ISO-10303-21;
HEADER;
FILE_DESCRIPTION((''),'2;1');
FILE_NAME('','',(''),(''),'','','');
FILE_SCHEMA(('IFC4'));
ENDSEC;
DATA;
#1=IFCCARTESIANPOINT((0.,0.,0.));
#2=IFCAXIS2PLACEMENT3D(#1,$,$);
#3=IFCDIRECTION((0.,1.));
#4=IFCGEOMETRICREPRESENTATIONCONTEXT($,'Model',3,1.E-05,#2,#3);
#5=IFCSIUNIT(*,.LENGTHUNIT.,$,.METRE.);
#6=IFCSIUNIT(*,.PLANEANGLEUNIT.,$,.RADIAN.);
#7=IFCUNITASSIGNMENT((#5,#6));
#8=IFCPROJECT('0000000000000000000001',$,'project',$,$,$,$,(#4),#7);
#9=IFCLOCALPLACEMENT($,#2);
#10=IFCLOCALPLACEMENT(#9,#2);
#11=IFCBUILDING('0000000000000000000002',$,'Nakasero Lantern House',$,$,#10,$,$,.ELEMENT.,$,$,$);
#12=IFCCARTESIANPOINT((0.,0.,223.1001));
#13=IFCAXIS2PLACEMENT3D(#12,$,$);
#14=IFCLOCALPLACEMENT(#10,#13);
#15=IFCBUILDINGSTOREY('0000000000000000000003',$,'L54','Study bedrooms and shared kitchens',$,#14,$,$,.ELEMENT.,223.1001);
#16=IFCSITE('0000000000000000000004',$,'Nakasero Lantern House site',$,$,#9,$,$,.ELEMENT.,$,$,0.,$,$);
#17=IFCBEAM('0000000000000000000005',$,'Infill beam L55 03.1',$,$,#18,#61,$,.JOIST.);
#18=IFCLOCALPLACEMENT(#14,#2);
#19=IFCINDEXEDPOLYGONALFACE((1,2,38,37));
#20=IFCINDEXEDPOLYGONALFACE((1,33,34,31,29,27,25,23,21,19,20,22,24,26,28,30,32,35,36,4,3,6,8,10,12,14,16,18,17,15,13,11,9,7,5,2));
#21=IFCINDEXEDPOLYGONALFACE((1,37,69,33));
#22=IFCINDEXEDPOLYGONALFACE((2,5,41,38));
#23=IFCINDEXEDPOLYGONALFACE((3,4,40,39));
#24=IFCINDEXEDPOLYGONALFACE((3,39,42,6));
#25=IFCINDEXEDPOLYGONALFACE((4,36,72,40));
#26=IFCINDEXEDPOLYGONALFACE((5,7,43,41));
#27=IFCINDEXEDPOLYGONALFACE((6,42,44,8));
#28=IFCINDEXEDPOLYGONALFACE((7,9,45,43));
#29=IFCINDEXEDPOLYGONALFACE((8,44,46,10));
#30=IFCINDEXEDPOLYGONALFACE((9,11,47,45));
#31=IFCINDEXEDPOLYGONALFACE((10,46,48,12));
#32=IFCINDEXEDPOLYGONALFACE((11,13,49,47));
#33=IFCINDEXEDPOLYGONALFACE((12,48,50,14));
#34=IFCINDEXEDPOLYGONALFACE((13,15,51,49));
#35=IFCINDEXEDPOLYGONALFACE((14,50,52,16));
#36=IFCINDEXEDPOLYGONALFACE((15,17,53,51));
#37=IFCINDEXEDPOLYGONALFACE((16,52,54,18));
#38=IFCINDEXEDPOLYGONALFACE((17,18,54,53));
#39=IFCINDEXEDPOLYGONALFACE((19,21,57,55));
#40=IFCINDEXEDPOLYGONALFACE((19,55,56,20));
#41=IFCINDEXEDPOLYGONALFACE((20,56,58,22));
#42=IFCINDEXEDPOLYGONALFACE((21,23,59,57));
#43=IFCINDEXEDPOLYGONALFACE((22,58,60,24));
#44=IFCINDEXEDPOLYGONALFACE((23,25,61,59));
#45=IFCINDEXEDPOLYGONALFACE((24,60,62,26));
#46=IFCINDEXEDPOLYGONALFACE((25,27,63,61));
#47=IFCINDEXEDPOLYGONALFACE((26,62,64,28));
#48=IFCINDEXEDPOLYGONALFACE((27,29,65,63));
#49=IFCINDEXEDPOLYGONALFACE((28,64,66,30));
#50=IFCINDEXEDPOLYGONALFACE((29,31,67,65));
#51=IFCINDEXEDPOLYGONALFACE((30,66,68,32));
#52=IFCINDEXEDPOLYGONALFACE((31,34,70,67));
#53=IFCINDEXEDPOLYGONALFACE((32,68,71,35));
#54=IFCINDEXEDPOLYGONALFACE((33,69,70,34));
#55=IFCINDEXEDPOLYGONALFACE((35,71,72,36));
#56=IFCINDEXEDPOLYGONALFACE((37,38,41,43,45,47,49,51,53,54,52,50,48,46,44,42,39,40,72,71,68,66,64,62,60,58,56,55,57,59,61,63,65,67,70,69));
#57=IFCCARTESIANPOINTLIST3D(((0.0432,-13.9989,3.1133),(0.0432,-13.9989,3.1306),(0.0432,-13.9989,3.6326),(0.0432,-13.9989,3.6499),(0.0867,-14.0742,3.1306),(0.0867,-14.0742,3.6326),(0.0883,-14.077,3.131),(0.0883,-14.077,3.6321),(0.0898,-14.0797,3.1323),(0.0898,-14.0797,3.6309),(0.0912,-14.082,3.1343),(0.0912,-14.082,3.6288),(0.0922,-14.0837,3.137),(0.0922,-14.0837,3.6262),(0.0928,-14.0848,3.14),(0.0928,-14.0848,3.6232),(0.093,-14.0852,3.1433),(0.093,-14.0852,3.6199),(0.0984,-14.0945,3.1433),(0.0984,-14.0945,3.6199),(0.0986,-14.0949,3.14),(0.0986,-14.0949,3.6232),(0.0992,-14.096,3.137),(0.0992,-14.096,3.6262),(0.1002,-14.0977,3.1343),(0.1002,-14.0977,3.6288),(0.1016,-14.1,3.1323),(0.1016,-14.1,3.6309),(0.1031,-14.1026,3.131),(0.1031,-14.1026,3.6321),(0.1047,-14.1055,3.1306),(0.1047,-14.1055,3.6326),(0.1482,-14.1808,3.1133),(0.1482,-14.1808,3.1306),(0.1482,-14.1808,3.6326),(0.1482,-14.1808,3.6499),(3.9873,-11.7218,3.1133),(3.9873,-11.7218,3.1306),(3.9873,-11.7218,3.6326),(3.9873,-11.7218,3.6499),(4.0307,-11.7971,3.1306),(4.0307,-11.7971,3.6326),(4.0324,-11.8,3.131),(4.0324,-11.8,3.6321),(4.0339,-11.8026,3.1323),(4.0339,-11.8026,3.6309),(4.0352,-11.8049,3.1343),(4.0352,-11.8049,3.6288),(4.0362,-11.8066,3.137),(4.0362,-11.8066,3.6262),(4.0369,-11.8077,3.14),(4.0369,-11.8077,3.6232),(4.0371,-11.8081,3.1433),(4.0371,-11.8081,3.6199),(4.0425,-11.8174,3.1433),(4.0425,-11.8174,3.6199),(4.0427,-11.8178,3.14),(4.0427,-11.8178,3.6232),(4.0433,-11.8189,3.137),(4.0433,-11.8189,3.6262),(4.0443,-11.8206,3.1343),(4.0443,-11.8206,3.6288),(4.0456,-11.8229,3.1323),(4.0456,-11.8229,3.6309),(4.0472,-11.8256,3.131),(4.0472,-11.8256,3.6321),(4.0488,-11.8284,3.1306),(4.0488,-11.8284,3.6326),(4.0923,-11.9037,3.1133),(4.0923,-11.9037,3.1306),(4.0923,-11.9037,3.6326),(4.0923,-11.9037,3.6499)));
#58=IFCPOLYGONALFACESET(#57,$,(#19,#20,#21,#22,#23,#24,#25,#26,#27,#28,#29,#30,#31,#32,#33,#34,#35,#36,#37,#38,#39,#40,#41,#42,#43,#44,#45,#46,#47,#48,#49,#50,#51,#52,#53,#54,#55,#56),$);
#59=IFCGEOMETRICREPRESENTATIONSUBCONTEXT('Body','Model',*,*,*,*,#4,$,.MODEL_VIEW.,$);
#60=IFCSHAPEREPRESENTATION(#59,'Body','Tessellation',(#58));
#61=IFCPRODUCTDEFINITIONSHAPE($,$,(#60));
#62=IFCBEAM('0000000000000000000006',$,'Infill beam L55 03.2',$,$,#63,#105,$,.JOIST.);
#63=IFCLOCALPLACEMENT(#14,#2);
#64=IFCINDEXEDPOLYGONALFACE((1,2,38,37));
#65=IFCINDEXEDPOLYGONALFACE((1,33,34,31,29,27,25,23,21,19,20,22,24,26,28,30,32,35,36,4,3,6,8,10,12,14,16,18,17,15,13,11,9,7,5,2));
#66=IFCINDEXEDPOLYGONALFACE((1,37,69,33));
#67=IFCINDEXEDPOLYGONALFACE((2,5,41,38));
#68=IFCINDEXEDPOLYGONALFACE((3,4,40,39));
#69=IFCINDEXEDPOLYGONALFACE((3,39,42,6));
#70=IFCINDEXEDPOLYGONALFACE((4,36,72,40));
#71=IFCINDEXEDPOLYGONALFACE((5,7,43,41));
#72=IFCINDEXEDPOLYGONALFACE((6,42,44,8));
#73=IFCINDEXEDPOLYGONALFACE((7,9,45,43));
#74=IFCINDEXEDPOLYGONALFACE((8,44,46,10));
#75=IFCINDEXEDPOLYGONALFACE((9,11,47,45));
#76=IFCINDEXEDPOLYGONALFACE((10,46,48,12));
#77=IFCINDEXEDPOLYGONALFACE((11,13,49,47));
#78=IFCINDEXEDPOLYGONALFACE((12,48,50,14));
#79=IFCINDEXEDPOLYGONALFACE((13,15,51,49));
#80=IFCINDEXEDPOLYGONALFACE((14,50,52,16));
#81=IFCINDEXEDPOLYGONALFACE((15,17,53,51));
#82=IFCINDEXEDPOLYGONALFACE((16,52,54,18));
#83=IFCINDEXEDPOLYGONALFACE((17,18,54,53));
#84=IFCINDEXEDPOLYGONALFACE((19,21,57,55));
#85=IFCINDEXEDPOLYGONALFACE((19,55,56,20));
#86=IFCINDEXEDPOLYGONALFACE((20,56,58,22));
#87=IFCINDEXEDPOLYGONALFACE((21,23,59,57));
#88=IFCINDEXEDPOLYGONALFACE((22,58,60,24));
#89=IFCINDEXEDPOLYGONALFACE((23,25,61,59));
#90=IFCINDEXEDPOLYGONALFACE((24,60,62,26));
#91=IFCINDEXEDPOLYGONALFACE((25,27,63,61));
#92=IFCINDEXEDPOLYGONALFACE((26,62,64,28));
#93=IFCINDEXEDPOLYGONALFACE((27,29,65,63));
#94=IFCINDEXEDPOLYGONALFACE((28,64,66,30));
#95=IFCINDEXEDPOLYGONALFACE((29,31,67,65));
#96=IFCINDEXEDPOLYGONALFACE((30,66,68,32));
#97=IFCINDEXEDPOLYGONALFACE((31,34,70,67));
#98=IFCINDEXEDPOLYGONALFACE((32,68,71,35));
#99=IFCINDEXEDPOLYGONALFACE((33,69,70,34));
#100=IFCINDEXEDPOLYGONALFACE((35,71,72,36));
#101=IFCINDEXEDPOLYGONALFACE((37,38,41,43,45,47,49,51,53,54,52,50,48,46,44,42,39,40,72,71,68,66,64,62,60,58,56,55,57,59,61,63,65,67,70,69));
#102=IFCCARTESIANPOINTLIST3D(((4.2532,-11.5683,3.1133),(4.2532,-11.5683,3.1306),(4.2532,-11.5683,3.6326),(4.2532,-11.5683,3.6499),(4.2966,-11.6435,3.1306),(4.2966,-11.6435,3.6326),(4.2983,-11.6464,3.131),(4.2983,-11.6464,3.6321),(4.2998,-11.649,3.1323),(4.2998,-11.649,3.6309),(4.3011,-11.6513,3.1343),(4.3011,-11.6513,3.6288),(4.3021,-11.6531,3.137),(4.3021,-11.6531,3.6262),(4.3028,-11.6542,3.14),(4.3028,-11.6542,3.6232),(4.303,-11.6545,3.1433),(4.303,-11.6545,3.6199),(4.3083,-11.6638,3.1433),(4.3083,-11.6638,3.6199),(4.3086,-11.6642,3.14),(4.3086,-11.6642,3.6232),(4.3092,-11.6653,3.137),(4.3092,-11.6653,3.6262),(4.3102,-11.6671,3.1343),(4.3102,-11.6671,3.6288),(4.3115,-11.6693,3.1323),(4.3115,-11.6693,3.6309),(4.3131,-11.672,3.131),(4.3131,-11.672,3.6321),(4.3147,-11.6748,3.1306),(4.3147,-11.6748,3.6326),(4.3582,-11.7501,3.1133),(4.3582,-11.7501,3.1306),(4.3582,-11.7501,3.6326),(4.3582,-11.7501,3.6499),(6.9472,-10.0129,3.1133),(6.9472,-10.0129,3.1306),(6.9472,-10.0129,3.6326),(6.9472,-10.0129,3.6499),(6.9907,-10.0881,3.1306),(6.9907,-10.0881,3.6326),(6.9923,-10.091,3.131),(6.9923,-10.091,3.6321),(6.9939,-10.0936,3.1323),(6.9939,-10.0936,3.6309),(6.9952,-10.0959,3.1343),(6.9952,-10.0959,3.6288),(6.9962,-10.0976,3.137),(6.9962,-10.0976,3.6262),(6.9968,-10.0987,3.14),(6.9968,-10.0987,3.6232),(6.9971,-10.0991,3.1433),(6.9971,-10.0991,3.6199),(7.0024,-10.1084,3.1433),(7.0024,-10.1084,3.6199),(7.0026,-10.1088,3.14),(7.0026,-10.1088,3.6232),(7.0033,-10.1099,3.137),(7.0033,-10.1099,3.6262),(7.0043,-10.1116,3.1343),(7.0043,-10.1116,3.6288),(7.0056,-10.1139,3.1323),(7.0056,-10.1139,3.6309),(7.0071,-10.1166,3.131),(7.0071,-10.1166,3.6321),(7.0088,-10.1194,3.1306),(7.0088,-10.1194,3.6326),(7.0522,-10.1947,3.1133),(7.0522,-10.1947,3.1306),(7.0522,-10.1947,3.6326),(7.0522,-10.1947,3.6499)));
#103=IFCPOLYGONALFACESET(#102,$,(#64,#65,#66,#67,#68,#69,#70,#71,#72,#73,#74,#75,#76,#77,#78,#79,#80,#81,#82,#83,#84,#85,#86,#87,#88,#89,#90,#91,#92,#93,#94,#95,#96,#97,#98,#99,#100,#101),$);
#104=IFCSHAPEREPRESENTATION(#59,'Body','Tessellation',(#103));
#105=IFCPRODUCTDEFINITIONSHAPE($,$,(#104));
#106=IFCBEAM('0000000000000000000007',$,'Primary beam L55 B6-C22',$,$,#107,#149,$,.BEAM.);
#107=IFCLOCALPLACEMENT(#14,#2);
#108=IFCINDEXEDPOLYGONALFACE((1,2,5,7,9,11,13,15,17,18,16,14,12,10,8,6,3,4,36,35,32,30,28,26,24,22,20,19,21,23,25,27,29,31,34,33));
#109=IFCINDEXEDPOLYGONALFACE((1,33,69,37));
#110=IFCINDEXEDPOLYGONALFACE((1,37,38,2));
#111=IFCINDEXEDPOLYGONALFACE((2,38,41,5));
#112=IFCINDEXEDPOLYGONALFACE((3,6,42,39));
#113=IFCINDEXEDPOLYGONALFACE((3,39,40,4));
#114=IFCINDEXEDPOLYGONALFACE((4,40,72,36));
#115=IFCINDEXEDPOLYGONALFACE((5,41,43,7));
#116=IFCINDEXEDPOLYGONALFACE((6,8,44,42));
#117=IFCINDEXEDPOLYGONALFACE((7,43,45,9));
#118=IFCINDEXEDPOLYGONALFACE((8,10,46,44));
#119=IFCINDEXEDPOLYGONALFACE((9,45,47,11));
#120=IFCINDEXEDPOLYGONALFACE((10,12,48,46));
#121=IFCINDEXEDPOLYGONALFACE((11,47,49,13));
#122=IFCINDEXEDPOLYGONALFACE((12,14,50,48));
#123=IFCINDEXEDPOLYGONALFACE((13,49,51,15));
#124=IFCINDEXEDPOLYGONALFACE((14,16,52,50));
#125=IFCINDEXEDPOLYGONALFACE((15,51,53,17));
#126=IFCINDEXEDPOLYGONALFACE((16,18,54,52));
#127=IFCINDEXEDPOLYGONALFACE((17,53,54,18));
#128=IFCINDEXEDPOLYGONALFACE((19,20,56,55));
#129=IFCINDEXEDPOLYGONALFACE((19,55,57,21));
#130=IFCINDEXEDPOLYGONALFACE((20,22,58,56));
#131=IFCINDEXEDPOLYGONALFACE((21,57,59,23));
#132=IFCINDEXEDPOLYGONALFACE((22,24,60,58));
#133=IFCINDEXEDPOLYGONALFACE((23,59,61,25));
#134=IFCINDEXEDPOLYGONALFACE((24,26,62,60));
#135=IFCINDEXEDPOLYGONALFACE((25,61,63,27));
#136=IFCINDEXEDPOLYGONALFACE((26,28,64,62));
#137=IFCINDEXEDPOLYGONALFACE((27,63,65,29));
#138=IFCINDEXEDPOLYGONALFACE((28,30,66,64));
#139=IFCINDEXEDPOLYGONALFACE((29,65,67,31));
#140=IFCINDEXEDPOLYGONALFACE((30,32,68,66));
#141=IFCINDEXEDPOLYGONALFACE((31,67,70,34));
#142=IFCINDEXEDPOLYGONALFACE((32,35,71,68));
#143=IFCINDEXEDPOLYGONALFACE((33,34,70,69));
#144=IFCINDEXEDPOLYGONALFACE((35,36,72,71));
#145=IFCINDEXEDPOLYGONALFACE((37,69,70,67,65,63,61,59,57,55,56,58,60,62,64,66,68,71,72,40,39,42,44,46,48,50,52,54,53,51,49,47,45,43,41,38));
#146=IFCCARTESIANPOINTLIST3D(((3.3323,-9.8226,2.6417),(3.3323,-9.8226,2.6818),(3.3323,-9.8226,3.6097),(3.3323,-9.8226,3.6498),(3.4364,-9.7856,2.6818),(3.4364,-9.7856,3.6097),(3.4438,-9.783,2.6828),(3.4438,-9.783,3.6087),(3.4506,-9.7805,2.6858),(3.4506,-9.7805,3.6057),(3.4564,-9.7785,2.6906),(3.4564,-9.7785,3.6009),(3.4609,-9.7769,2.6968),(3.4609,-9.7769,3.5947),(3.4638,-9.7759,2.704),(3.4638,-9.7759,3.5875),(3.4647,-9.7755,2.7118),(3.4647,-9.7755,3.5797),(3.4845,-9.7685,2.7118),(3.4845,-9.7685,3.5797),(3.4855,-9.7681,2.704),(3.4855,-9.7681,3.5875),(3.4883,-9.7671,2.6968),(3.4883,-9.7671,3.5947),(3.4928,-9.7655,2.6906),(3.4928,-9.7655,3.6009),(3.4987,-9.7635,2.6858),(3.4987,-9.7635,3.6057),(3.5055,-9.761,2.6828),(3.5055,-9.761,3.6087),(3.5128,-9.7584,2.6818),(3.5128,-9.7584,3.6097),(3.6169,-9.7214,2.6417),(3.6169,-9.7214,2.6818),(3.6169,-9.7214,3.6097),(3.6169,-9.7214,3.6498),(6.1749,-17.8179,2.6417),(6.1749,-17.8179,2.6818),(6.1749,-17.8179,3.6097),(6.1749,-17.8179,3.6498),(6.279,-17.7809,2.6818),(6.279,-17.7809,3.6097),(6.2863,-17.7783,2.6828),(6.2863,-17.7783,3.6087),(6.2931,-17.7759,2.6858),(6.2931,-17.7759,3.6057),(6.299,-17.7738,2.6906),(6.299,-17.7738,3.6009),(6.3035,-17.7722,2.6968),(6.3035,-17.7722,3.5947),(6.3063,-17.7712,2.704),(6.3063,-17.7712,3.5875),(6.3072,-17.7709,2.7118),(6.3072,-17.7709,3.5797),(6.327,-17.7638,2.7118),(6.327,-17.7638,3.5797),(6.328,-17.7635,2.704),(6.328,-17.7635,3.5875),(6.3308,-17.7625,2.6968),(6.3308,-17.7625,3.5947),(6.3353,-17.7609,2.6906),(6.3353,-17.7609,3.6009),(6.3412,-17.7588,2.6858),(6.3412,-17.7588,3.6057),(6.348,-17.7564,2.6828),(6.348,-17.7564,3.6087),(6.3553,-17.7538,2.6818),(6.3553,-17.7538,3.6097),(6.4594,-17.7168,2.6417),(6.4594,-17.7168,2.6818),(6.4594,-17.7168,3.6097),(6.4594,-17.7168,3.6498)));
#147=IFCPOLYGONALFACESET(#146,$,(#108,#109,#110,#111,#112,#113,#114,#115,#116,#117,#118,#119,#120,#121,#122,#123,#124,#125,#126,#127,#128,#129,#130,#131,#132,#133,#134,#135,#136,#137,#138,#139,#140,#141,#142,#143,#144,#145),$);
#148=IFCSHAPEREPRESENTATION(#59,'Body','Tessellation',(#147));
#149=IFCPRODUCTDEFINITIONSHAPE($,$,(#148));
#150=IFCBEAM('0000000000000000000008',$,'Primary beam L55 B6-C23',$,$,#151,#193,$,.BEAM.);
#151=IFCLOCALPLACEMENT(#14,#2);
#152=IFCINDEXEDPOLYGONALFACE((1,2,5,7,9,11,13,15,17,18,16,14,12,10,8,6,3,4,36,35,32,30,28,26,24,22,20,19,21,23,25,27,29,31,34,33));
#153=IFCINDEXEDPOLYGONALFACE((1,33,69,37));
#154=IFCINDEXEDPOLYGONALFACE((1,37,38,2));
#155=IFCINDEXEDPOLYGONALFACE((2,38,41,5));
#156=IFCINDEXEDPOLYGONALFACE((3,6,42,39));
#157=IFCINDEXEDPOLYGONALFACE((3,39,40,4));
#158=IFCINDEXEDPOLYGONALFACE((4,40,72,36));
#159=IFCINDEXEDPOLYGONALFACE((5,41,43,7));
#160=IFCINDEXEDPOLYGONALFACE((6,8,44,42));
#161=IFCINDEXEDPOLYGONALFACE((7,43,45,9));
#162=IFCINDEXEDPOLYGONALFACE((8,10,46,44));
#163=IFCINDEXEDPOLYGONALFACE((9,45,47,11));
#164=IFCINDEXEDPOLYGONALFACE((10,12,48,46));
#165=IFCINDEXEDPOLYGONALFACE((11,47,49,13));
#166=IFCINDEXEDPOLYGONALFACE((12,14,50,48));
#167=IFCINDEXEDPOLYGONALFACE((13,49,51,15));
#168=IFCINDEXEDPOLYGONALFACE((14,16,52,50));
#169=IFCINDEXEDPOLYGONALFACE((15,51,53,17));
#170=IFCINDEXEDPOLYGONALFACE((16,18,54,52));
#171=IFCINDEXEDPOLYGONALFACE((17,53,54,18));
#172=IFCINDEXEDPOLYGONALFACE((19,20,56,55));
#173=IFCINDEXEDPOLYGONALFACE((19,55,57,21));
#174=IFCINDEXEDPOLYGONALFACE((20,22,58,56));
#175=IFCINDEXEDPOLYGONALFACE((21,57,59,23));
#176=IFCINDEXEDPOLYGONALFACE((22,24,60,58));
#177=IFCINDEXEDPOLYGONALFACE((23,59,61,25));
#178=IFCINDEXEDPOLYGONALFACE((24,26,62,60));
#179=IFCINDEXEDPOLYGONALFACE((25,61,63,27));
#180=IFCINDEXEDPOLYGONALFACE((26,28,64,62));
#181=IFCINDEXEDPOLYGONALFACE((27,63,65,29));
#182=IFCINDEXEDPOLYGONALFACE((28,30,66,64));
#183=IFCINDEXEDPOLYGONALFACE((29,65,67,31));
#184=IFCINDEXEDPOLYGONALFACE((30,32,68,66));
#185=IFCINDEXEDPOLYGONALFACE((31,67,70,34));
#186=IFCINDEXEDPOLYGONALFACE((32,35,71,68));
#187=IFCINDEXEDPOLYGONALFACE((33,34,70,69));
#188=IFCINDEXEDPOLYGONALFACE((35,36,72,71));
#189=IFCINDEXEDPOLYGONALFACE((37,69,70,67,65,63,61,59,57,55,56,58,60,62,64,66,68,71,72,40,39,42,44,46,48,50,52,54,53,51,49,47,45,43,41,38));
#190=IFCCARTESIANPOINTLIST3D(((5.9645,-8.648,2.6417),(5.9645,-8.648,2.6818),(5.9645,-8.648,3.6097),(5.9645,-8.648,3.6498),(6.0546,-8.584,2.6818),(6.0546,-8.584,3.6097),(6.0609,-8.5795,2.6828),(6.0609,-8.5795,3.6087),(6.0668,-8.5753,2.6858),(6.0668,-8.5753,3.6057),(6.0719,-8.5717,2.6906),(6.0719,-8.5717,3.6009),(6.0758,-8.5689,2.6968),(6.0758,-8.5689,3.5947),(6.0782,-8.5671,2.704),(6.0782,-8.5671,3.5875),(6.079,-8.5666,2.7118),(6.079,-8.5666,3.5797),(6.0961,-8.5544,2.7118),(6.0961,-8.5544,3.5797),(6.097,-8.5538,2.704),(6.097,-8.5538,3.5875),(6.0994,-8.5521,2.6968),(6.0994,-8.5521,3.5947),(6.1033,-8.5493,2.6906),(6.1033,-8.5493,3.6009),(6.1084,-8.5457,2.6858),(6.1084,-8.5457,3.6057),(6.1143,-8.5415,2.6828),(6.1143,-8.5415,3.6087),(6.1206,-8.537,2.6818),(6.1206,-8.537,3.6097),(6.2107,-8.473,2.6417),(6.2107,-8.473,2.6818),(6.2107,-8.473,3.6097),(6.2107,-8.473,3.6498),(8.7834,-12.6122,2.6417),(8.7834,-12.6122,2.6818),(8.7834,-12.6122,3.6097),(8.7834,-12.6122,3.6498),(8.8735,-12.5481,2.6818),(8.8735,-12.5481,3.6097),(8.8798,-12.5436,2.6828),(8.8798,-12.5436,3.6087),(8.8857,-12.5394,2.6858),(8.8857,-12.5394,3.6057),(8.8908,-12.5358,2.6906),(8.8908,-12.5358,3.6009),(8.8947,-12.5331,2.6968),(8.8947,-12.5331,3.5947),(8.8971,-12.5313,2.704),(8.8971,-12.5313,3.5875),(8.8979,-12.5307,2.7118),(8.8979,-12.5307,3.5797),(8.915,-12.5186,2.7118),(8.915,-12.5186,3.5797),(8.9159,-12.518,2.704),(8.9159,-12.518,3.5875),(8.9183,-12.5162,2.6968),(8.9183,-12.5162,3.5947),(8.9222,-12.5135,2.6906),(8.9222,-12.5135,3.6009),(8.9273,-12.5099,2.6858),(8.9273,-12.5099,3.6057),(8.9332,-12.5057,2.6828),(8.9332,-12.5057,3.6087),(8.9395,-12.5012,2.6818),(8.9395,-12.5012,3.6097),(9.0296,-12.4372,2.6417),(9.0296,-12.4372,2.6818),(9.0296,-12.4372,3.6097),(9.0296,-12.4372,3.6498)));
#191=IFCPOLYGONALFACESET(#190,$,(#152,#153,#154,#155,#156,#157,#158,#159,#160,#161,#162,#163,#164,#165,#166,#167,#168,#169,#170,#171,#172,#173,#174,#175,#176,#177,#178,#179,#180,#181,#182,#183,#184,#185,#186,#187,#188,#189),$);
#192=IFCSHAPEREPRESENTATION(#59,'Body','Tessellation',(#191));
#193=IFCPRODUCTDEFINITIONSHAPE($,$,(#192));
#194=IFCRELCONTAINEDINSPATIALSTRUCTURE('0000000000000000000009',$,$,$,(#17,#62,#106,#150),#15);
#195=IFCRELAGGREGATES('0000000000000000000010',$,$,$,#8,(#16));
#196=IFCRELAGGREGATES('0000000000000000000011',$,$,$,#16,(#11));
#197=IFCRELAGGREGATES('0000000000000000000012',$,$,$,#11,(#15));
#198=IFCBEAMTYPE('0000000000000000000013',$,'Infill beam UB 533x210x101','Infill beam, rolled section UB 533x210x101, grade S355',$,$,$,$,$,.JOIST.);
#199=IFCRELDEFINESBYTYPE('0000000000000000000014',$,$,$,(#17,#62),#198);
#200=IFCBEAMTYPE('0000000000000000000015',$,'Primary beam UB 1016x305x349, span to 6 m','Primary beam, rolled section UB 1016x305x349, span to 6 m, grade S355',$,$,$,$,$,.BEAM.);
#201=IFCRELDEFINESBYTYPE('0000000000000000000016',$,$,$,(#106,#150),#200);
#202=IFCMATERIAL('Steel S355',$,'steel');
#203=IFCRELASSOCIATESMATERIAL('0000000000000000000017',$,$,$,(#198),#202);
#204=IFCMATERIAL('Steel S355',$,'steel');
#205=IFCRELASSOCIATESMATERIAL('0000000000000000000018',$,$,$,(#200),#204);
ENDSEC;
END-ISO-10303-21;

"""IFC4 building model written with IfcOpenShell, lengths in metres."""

from ifc_helpers import new_model, si_unit, direction, frame, origin, origin_2d, place, context, subcontext, project, spatial, i_section, extrude, material, material_profile, profile_set, type_object, element, save


model = new_model("IFC4")

# Units and contexts
model_context = context("Model", 3, precision=1e-05, world=origin(), true_north=direction((0.0, 1.0)))
body_context = subcontext(model_context, "Body", "Model", "MODEL_VIEW")
ifc_project = project(units=[si_unit("LENGTHUNIT", "METRE"), si_unit("PLANEANGLEUNIT", "RADIAN")], contexts=[model_context])

# Site, building, storey
site_placement = place(None, origin())
site = spatial("IfcSite", under=ifc_project, at=site_placement, Name="Nakasero Lantern House site", CompositionType="ELEMENT", RefElevation=0.0)
building_placement = place(site_placement, origin())
building = spatial("IfcBuilding", under=site, at=building_placement, Name="Nakasero Lantern House", CompositionType="ELEMENT")
storey_placement = place(building_placement, frame((0.0, 0.0, 223.1001)))
storey = spatial("IfcBuildingStorey", under=building, at=storey_placement, Name="L54", Description="Study bedrooms and shared kitchens", CompositionType="ELEMENT", Elevation=223.1001)

# Beams
ifc_material_1 = material(Name="Steel S355", Category="steel")
ifc_material_profile_1 = material_profile(ifc_material_1, i_section(OverallWidth=0.21, OverallDepth=0.5366, WebThickness=0.0107, FlangeThickness=0.0173, FilletRadius=0.0127, at=origin_2d()), Name="UB 533x210x101")
ifc_profile_set_1 = profile_set([ifc_material_profile_1], Name="Steel S355")
beam_type_1 = type_object("IfcBeamType", Name="Infill beam UB 533x210x101", Description="Infill beam, rolled section UB 533x210x101, grade S355", PredefinedType="JOIST", material=ifc_profile_set_1)
beam_1_placement = place(storey_placement, frame((0.0957, -14.0898, 3.3816), z_axis=(0.866028, 0.499996, 0.0), x_axis=(-0.499996, 0.866028, 0.0)))
element("IfcBeam", 1, at=beam_1_placement, inside=storey, type_object=beam_type_1, Name="Infill beam L55 03.1", PredefinedType="JOIST", context=body_context, shape_type="SweptSolid", body=[
    extrude(i_section(OverallWidth=0.21, OverallDepth=0.5366, WebThickness=0.0107, FlangeThickness=0.0173, FilletRadius=0.0127, at=origin_2d()), origin(), (0.0, 0.0, 1.0), 4.5542),
])
beam_2_placement = place(storey_placement, frame((4.3057, -11.6592, 3.3816), z_axis=(0.866027, 0.499996, 0.0), x_axis=(-0.499996, 0.866027, 0.0)))
element("IfcBeam", 2, at=beam_2_placement, inside=storey, type_object=beam_type_1, Name="Infill beam L55 03.2", PredefinedType="JOIST", context=body_context, shape_type="SweptSolid", body=[
    extrude(i_section(OverallWidth=0.21, OverallDepth=0.5366, WebThickness=0.0107, FlangeThickness=0.0173, FilletRadius=0.0127, at=origin_2d()), origin(), (0.0, 0.0, 1.0), 3.1108),
])
ifc_material_2 = material(Name="Steel S355", Category="steel")
ifc_material_profile_2 = material_profile(ifc_material_2, i_section(OverallWidth=0.302, OverallDepth=1.0081, WebThickness=0.021, FlangeThickness=0.04, FilletRadius=0.03, at=origin_2d()), Name="UB 1016x305x349")
ifc_profile_set_2 = profile_set([ifc_material_profile_2], Name="Steel S355")
beam_type_2 = type_object("IfcBeamType", Name="Primary beam UB 1016x305x349, span to 6 m", Description="Primary beam, rolled section UB 1016x305x349, span to 6 m, grade S355", PredefinedType="BEAM", material=ifc_profile_set_2)
beam_3_placement = place(storey_placement, frame((6.3171, -17.7673, 3.1458), z_axis=(-0.334982, 0.942225, 0.0), x_axis=(-0.942225, -0.334982, 0.0)))
element("IfcBeam", 3, at=beam_3_placement, inside=storey, type_object=beam_type_2, Name="Primary beam L55 B6-C22", PredefinedType="BEAM", context=body_context, shape_type="SweptSolid", body=[
    extrude(i_section(OverallWidth=0.302, OverallDepth=1.0081, WebThickness=0.021, FlangeThickness=0.04, FilletRadius=0.03, at=origin_2d()), origin(), (0.0, 0.0, 1.0), 8.4856),
])
beam_4_placement = place(storey_placement, frame((8.9065, -12.5247, 3.1458), z_axis=(-0.579513, 0.814963, 0.0), x_axis=(-0.814963, -0.579513, 0.0)))
element("IfcBeam", 4, at=beam_4_placement, inside=storey, type_object=beam_type_2, Name="Primary beam L55 B6-C23", PredefinedType="BEAM", context=body_context, shape_type="SweptSolid", body=[
    extrude(i_section(OverallWidth=0.302, OverallDepth=1.0081, WebThickness=0.021, FlangeThickness=0.04, FilletRadius=0.03, at=origin_2d()), origin(), (0.0, 0.0, 1.0), 4.8643),
])

save(model, "model.ifc")
